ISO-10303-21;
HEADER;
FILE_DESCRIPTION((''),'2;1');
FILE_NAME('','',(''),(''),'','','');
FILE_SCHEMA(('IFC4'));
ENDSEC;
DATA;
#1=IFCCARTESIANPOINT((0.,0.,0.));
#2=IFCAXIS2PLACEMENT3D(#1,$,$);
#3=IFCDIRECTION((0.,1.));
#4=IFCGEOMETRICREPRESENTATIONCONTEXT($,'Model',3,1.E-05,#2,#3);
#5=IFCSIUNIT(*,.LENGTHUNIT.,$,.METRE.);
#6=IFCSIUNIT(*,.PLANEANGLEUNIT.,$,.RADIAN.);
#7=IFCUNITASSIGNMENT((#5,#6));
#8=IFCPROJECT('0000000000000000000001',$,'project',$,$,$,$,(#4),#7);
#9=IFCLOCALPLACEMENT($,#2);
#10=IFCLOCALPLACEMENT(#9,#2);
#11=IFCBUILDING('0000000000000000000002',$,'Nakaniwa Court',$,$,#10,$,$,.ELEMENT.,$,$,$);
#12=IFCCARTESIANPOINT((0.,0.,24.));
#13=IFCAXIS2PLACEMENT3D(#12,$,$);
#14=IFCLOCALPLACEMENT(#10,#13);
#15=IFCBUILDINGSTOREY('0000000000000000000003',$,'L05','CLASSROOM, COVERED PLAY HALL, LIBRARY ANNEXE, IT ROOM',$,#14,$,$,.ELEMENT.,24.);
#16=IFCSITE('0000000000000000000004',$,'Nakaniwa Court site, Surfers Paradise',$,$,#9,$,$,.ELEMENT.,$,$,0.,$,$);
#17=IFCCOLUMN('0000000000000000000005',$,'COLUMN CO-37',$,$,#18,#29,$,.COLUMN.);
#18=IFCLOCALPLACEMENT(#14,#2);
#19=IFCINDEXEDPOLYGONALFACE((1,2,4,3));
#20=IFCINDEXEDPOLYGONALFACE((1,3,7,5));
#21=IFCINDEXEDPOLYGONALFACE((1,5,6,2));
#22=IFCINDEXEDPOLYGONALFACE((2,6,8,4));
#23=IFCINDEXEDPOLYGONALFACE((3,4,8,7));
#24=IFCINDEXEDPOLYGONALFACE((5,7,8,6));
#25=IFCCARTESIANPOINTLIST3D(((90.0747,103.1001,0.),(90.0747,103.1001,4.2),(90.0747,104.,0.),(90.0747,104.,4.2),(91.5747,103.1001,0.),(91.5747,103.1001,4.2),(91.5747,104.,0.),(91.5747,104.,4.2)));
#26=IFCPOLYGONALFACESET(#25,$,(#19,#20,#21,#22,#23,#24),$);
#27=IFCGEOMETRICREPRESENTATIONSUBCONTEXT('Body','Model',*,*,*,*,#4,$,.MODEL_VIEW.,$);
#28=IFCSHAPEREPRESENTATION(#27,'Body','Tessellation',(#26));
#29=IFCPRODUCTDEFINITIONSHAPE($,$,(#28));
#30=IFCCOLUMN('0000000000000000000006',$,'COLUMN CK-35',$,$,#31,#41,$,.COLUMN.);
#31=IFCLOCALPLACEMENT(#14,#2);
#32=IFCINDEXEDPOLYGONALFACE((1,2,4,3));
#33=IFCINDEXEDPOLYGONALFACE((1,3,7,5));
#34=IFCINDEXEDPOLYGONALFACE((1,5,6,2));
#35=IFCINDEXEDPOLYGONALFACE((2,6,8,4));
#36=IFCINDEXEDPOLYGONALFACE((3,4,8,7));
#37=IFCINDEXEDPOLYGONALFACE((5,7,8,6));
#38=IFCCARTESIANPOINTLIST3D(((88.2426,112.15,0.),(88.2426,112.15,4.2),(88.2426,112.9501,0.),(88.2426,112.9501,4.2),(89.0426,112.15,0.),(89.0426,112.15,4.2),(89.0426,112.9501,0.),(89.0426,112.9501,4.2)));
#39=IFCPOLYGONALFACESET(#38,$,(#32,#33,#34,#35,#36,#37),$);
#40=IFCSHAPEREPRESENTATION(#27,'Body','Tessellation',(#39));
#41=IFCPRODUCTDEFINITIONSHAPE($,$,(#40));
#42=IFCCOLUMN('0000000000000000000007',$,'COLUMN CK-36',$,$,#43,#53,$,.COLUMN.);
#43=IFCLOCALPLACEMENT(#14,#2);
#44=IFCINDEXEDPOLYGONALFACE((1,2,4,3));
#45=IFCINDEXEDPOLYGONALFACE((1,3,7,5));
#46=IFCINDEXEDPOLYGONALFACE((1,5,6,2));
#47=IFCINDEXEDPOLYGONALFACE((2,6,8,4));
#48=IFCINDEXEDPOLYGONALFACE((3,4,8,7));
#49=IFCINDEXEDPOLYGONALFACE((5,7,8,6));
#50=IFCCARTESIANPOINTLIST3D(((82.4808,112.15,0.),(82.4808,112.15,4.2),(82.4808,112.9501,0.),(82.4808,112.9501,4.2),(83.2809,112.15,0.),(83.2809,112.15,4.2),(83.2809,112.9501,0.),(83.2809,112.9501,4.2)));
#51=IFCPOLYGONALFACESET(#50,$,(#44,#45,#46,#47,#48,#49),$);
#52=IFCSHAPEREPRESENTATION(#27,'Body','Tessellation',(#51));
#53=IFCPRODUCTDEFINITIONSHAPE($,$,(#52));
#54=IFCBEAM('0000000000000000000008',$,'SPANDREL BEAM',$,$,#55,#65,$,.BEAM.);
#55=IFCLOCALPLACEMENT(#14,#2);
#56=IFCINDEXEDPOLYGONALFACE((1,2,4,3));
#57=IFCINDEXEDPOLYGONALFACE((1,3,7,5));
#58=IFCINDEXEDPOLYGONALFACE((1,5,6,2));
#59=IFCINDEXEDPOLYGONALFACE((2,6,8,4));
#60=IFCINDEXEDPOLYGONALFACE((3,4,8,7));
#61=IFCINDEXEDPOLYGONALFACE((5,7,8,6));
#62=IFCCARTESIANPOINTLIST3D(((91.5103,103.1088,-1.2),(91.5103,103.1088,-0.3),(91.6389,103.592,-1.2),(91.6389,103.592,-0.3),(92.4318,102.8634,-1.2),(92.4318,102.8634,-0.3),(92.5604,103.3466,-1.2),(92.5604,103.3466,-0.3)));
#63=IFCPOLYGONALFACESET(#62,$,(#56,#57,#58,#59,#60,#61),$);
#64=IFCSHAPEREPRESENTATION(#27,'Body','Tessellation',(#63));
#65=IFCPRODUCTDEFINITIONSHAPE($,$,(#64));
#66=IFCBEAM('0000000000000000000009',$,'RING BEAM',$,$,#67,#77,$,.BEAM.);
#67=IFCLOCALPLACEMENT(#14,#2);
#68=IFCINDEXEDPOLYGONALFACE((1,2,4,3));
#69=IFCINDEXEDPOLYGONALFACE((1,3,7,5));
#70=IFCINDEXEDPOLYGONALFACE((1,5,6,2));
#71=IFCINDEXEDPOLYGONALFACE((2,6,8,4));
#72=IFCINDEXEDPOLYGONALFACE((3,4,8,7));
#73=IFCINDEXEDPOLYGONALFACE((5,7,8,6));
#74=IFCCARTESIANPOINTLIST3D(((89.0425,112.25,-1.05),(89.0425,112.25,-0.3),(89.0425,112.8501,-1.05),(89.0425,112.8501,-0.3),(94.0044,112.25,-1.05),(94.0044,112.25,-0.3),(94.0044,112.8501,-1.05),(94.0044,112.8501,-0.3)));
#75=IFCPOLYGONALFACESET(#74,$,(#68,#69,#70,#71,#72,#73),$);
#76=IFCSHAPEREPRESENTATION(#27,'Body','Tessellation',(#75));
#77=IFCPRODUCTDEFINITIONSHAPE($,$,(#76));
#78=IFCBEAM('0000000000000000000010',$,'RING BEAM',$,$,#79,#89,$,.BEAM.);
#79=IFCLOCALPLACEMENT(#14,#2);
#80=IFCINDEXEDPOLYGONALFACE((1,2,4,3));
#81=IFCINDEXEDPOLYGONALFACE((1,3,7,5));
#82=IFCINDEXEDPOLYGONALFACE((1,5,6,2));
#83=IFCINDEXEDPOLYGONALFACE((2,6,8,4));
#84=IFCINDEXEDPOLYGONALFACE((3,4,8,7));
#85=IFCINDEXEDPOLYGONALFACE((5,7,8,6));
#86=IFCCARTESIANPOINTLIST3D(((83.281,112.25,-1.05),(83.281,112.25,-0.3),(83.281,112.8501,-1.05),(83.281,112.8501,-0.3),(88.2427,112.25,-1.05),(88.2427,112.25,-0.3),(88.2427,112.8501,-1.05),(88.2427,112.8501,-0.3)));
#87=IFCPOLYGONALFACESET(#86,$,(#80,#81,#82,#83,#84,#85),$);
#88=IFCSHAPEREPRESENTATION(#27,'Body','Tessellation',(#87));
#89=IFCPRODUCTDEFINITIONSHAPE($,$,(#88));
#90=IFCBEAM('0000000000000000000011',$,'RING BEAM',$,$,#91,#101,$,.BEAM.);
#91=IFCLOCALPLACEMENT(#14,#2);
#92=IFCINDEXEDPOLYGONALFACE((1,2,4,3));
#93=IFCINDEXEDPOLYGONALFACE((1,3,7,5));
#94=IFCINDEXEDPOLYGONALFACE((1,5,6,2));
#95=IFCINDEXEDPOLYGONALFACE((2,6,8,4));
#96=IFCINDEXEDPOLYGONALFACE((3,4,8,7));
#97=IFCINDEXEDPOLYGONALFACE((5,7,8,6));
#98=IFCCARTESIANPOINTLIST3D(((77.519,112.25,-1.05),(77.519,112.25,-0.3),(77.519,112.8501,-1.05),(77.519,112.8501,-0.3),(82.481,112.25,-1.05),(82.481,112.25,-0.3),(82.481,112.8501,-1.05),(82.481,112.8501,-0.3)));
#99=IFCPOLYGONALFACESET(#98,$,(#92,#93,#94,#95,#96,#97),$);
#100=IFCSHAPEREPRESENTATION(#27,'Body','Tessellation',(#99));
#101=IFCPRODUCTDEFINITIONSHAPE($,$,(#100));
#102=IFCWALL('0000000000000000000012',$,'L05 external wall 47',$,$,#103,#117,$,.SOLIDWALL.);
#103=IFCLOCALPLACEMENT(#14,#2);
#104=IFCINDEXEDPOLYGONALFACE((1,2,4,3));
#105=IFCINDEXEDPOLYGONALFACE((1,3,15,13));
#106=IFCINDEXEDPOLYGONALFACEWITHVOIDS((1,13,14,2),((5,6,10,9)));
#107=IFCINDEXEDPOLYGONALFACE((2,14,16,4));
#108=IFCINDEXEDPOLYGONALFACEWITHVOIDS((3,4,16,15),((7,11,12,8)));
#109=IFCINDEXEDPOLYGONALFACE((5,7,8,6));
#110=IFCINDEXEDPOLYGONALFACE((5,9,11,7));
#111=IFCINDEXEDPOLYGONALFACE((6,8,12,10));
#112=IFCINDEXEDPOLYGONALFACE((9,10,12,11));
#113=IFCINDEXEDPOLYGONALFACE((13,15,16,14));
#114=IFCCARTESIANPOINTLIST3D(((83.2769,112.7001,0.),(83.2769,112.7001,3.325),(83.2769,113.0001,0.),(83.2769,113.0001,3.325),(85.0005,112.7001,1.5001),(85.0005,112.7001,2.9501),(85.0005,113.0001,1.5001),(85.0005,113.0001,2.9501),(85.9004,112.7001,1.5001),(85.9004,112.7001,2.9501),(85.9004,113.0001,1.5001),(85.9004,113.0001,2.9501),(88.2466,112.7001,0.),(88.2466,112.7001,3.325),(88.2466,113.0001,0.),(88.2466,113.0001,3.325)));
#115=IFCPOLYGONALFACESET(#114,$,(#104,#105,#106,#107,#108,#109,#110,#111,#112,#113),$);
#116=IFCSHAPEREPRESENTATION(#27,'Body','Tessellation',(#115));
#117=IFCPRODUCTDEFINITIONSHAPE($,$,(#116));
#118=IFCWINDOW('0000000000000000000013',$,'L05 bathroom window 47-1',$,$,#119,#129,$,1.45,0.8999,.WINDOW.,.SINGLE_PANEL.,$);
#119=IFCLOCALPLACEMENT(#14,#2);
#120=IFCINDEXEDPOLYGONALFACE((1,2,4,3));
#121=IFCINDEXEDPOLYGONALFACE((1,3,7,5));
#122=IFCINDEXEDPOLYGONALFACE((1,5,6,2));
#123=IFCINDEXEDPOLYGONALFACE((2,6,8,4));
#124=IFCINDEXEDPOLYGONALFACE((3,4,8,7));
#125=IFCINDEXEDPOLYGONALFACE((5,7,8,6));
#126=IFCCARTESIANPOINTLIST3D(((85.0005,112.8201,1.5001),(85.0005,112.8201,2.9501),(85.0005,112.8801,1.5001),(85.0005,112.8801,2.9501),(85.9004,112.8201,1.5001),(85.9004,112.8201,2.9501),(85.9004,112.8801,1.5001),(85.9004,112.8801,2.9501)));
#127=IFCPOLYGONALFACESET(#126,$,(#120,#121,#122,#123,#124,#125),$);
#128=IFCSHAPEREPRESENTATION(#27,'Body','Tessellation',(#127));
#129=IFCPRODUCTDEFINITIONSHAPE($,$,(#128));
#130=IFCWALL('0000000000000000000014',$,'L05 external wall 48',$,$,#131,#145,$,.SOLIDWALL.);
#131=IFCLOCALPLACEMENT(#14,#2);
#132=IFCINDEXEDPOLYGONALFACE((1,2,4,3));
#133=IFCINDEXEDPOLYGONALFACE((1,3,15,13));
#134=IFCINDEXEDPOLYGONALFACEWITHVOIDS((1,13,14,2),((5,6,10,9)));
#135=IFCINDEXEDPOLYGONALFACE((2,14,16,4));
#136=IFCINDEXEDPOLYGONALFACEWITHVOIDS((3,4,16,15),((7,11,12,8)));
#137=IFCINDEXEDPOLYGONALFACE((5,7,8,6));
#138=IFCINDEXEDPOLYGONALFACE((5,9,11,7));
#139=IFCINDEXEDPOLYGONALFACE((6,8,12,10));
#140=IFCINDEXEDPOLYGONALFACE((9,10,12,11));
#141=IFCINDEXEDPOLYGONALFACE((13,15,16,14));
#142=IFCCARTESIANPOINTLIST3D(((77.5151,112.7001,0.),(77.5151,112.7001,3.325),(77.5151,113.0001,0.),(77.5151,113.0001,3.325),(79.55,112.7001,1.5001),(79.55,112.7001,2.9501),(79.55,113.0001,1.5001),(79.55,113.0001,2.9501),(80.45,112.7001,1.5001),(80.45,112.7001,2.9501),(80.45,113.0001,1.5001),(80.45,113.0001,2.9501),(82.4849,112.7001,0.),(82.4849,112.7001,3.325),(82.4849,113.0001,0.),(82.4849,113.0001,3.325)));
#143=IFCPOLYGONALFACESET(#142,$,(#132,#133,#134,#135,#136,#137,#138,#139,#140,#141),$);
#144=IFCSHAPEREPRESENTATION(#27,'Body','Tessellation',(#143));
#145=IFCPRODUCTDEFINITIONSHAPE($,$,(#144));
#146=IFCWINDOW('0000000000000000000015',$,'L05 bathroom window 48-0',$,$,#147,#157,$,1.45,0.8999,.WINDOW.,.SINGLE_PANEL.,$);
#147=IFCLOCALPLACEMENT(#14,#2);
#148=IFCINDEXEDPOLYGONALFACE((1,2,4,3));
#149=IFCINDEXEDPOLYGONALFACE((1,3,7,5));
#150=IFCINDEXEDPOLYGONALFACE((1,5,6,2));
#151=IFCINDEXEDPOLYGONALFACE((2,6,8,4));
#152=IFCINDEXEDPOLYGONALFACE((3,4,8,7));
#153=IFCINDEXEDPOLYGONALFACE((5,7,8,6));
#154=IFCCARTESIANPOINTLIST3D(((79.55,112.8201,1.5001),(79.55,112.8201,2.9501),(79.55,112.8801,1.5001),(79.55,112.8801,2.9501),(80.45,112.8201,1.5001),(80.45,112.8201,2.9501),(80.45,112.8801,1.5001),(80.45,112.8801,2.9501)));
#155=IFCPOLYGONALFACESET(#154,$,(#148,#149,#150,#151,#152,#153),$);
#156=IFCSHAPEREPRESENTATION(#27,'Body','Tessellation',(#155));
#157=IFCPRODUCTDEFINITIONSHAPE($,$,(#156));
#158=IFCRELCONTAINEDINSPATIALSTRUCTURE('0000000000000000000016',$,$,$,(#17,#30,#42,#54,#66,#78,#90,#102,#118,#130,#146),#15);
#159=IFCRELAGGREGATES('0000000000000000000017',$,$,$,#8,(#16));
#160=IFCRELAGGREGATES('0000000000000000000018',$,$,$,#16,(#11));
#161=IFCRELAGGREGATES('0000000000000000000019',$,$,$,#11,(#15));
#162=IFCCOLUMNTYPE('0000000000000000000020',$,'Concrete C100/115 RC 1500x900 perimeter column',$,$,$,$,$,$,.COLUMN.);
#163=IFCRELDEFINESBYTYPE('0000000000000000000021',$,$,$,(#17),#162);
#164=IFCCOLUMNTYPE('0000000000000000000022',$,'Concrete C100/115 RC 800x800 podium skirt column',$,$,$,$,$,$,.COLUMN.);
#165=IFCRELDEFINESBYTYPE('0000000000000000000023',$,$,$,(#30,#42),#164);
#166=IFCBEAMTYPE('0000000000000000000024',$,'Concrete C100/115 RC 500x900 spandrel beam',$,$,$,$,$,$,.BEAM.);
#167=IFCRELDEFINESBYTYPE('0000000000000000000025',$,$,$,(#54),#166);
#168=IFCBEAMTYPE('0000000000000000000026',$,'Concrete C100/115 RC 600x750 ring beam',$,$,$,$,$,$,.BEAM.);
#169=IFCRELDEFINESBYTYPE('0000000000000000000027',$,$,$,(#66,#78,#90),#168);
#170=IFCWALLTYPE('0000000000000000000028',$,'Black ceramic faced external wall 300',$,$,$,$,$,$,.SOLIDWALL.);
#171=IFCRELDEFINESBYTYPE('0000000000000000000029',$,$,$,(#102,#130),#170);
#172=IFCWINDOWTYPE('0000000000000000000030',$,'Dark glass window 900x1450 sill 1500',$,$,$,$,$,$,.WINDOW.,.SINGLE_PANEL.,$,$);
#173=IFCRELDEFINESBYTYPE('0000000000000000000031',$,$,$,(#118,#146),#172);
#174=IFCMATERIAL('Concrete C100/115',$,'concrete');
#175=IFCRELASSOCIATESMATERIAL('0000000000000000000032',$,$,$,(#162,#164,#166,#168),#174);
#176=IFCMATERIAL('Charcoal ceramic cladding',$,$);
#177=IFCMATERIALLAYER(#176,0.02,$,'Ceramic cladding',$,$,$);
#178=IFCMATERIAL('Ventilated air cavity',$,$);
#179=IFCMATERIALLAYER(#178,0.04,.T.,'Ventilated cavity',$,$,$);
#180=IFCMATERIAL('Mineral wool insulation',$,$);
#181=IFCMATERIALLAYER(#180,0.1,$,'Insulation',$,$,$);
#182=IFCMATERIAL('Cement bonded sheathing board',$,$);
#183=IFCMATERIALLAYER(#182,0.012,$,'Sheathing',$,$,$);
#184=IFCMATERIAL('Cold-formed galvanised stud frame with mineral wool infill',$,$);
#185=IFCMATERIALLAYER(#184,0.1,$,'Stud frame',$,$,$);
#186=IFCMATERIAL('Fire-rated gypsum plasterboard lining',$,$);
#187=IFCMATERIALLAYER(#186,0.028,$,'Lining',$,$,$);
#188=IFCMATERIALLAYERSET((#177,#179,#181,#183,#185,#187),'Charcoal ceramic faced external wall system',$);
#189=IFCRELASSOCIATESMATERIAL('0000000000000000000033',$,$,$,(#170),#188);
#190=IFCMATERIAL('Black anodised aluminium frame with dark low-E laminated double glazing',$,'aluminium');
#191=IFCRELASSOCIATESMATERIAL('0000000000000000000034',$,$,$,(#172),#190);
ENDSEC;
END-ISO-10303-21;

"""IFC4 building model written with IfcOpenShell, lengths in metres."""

from ifc_helpers import new_model, si_unit, direction, frame, frame_2d, origin, origin_2d, place, context, subcontext, project, spatial, rectangle, extrude, material, layer, layer_set, material_profile, profile_set, type_object, element, fill, save


model = new_model("IFC4")

# Units and contexts
model_context = context("Model", 3, precision=1e-05, world=origin(), true_north=direction((0.0, 1.0)))
body_context = subcontext(model_context, "Body", "Model", "MODEL_VIEW")
ifc_project = project(units=[si_unit("LENGTHUNIT", "METRE"), si_unit("PLANEANGLEUNIT", "RADIAN")], contexts=[model_context])

# Site, building, storey
site_placement = place(None, origin())
site = spatial("IfcSite", under=ifc_project, at=site_placement, Name="Nakaniwa Court site, Surfers Paradise", CompositionType="ELEMENT", RefElevation=0.0)
building_placement = place(site_placement, origin())
building = spatial("IfcBuilding", under=site, at=building_placement, Name="Nakaniwa Court", CompositionType="ELEMENT")
storey_placement = place(building_placement, frame((0.0, 0.0, 24.0)))
storey = spatial("IfcBuildingStorey", under=building, at=storey_placement, Name="L05", Description="CLASSROOM, COVERED PLAY HALL, LIBRARY ANNEXE, IT ROOM", CompositionType="ELEMENT", Elevation=24.0)

# Columns
ifc_material_1 = material(Name="Concrete C100/115", Category="concrete")
ifc_material_profile_1 = material_profile(ifc_material_1, rectangle(XDim=1.5, YDim=0.8999, at=origin_2d()), Name="Concrete C100/115 RC 1500x900 perimeter column")
ifc_profile_set_1 = profile_set([ifc_material_profile_1], Name="Concrete C100/115")
column_type_1 = type_object("IfcColumnType", Name="Concrete C100/115 RC 1500x900 perimeter column", PredefinedType="COLUMN", material=ifc_profile_set_1)
column_placement = place(storey_placement, frame((90.8247, 103.55, 0.0), z_axis=(0.0, 0.0, 1.0), x_axis=(-1.0, 0.0, 0.0)))
element("IfcColumn", 1, at=column_placement, inside=storey, type_object=column_type_1, Name="COLUMN CO-37", PredefinedType="COLUMN", context=body_context, shape_type="SweptSolid", body=[
    extrude(rectangle(XDim=1.5, YDim=0.8999, at=origin_2d()), origin(), (0.0, 0.0, 1.0), 4.2),
])
ifc_material_profile_2 = material_profile(ifc_material_1, rectangle(XDim=0.8, YDim=0.8, at=origin_2d()), Name="Concrete C100/115 RC 800x800 podium skirt column")
ifc_profile_set_2 = profile_set([ifc_material_profile_2], Name="Concrete C100/115")
column_type_2 = type_object("IfcColumnType", Name="Concrete C100/115 RC 800x800 podium skirt column", PredefinedType="COLUMN", material=ifc_profile_set_2)
for number, where, z_axis, x_axis, name in (
    (2, (88.6426, 112.55, 0.0), (0.0, 0.0, 1.0), (-1.0, 0.0, 0.0), "COLUMN CK-35"),
    (3, (82.8809, 112.55, 0.0), (0.0, 0.0, 1.0), (-1.0, 0.0, 0.0), "COLUMN CK-36"),
):
    element("IfcColumn", number, at=place(storey_placement, frame(where, z_axis=z_axis, x_axis=x_axis)), inside=storey, type_object=column_type_2, Name=name, PredefinedType="COLUMN", context=body_context, shape_type="SweptSolid", body=[
        extrude(rectangle(XDim=0.8, YDim=0.8, at=origin_2d()), origin(), (0.0, 0.0, 1.0), 4.2),
    ])

# Beams
ifc_material_profile_3 = material_profile(ifc_material_1, rectangle(XDim=0.5, YDim=0.8999, at=origin_2d()), Name="Concrete C100/115 RC 500x900 spandrel beam")
ifc_profile_set_3 = profile_set([ifc_material_profile_3], Name="Concrete C100/115")
beam_type_1 = type_object("IfcBeamType", Name="Concrete C100/115 RC 500x900 spandrel beam", PredefinedType="BEAM", material=ifc_profile_set_3)
beam_1_placement = place(storey_placement, frame((92.4961, 103.105, -0.75), z_axis=(-0.966324, 0.257328, 0.0), x_axis=(-0.257328, -0.966324, 0.0)))
element("IfcBeam", 4, at=beam_1_placement, inside=storey, type_object=beam_type_1, Name="SPANDREL BEAM", PredefinedType="BEAM", context=body_context, shape_type="SweptSolid", body=[
    extrude(rectangle(XDim=0.5, YDim=0.8999, at=origin_2d()), origin(), (0.0, 0.0, 1.0), 0.9536),
])
ifc_material_profile_4 = material_profile(ifc_material_1, rectangle(XDim=0.6001, YDim=0.75, at=origin_2d()), Name="Concrete C100/115 RC 600x750 ring beam")
ifc_profile_set_4 = profile_set([ifc_material_profile_4], Name="Concrete C100/115")
beam_type_2 = type_object("IfcBeamType", Name="Concrete C100/115 RC 600x750 ring beam", PredefinedType="BEAM", material=ifc_profile_set_4)
beam_2_placement = place(storey_placement, frame((94.0044, 112.55, -0.675), z_axis=(-1.0, 0.0, 0.0), x_axis=(0.0, -1.0, 0.0)))
element("IfcBeam", 5, at=beam_2_placement, inside=storey, type_object=beam_type_2, Name="RING BEAM", PredefinedType="BEAM", context=body_context, shape_type="SweptSolid", body=[
    extrude(rectangle(XDim=0.6001, YDim=0.75, at=origin_2d()), origin(), (0.0, 0.0, 1.0), 4.9619),
])
beam_3_placement = place(storey_placement, frame((88.2427, 112.55, -0.675), z_axis=(-1.0, 0.0, 0.0), x_axis=(0.0, -1.0, 0.0)))
element("IfcBeam", 6, at=beam_3_placement, inside=storey, type_object=beam_type_2, Name="RING BEAM", PredefinedType="BEAM", context=body_context, shape_type="SweptSolid", body=[
    extrude(rectangle(XDim=0.6001, YDim=0.75, at=origin_2d()), origin(), (0.0, 0.0, 1.0), 4.9617),
])
beam_4_placement = place(storey_placement, frame((82.481, 112.55, -0.675), z_axis=(-1.0, 0.0, 0.0), x_axis=(0.0, -1.0, 0.0)))
element("IfcBeam", 7, at=beam_4_placement, inside=storey, type_object=beam_type_2, Name="RING BEAM", PredefinedType="BEAM", context=body_context, shape_type="SweptSolid", body=[
    extrude(rectangle(XDim=0.6001, YDim=0.75, at=origin_2d()), origin(), (0.0, 0.0, 1.0), 4.9619),
])

# Walls, openings, windows
ifc_material_2 = material(Name="Charcoal ceramic cladding")
ifc_layer_1 = layer(ifc_material_2, 0.02, Name="Ceramic cladding")
ifc_material_3 = material(Name="Ventilated air cavity")
ifc_layer_2 = layer(ifc_material_3, 0.04, ventilated=True, Name="Ventilated cavity")
ifc_material_4 = material(Name="Mineral wool insulation")
ifc_layer_3 = layer(ifc_material_4, 0.1, Name="Insulation")
ifc_material_5 = material(Name="Cement bonded sheathing board")
ifc_layer_4 = layer(ifc_material_5, 0.012, Name="Sheathing")
ifc_material_6 = material(Name="Cold-formed galvanised stud frame with mineral wool infill")
ifc_layer_5 = layer(ifc_material_6, 0.1, Name="Stud frame")
ifc_material_7 = material(Name="Fire-rated gypsum plasterboard lining")
ifc_layer_6 = layer(ifc_material_7, 0.028, Name="Lining")
ifc_layer_set_1 = layer_set([ifc_layer_1, ifc_layer_2, ifc_layer_3, ifc_layer_4, ifc_layer_5, ifc_layer_6], Name="Charcoal ceramic faced external wall system")
wall_type_1 = type_object("IfcWallType", Name="Black ceramic faced external wall 300", PredefinedType="SOLIDWALL", material=ifc_layer_set_1)
wall_1_placement = place(storey_placement, frame((88.2466, 112.8501, 0.0), z_axis=(0.0, 0.0, 1.0), x_axis=(-1.0, 0.0, 0.0)))
wall_1 = element("IfcWall", 8, at=wall_1_placement, inside=storey, type_object=wall_type_1, Name="L05 external wall 47", PredefinedType="SOLIDWALL", context=body_context, shape_type="SweptSolid", body=[
    extrude(rectangle(XDim=4.9697, YDim=0.3, at=frame_2d((2.4849, 0.0))), origin(), (0.0, 0.0, 1.0), 3.325),
])
opening_1_placement = place(wall_1_placement, frame((2.3462, 0.0, 1.5)))
opening_1 = element("IfcOpeningElement", 9, at=opening_1_placement, cuts=wall_1, PredefinedType="OPENING", context=body_context, shape_type="SweptSolid", body=[
    extrude(rectangle(XDim=0.8999, YDim=1.45, at=frame_2d((0.45, 0.7251))), frame((0.0, 0.1599, 0.0), z_axis=(0.0, -1.0, 0.0), x_axis=(1.0, 0.0, 0.0)), (0.0, 0.0, 1.0), 0.3201),
])
ifc_material_8 = material(Name="Black anodised aluminium frame with dark low-E laminated double glazing", Category="aluminium")
window_type = type_object("IfcWindowType", Name="Dark glass window 900x1450 sill 1500", PartitioningType="SINGLE_PANEL", PredefinedType="WINDOW", material=ifc_material_8)
window_1_placement = place(opening_1_placement, origin())
window_1 = element("IfcWindow", 10, at=window_1_placement, inside=storey, type_object=window_type, Name="L05 bathroom window 47-1", OverallHeight=1.45, OverallWidth=0.8999, PartitioningType="SINGLE_PANEL", PredefinedType="WINDOW", context=body_context, shape_type="SweptSolid", body=[
    extrude(rectangle(XDim=0.8999, YDim=1.45, at=frame_2d((0.45, 0.7251))), frame((0.0, 0.03, 0.0), z_axis=(0.0, -1.0, 0.0), x_axis=(1.0, 0.0, 0.0)), (0.0, 0.0, 1.0), 0.0601),
])
fill(opening_1, window_1)
wall_2_placement = place(storey_placement, frame((82.4849, 112.8501, 0.0), z_axis=(0.0, 0.0, 1.0), x_axis=(-1.0, 0.0, 0.0)))
wall_2 = element("IfcWall", 11, at=wall_2_placement, inside=storey, type_object=wall_type_1, Name="L05 external wall 48", PredefinedType="SOLIDWALL", context=body_context, shape_type="SweptSolid", body=[
    extrude(rectangle(XDim=4.9697, YDim=0.3, at=frame_2d((2.4849, 0.0))), origin(), (0.0, 0.0, 1.0), 3.325),
])
opening_2_placement = place(wall_2_placement, frame((2.0349, 0.0, 1.5)))
opening_2 = element("IfcOpeningElement", 12, at=opening_2_placement, cuts=wall_2, PredefinedType="OPENING", context=body_context, shape_type="SweptSolid", body=[
    extrude(rectangle(XDim=0.8999, YDim=1.45, at=frame_2d((0.45, 0.7251))), frame((0.0, 0.1599, 0.0), z_axis=(0.0, -1.0, 0.0), x_axis=(1.0, 0.0, 0.0)), (0.0, 0.0, 1.0), 0.3201),
])
window_2_placement = place(opening_2_placement, origin())
window_2 = element("IfcWindow", 13, at=window_2_placement, inside=storey, type_object=window_type, Name="L05 bathroom window 48-0", OverallHeight=1.45, OverallWidth=0.8999, PartitioningType="SINGLE_PANEL", PredefinedType="WINDOW", context=body_context, shape_type="SweptSolid", body=[
    extrude(rectangle(XDim=0.8999, YDim=1.45, at=frame_2d((0.45, 0.7251))), frame((0.0, 0.03, 0.0), z_axis=(0.0, -1.0, 0.0), x_axis=(1.0, 0.0, 0.0)), (0.0, 0.0, 1.0), 0.0601),
])
fill(opening_2, window_2)

save(model, "model.ifc")
